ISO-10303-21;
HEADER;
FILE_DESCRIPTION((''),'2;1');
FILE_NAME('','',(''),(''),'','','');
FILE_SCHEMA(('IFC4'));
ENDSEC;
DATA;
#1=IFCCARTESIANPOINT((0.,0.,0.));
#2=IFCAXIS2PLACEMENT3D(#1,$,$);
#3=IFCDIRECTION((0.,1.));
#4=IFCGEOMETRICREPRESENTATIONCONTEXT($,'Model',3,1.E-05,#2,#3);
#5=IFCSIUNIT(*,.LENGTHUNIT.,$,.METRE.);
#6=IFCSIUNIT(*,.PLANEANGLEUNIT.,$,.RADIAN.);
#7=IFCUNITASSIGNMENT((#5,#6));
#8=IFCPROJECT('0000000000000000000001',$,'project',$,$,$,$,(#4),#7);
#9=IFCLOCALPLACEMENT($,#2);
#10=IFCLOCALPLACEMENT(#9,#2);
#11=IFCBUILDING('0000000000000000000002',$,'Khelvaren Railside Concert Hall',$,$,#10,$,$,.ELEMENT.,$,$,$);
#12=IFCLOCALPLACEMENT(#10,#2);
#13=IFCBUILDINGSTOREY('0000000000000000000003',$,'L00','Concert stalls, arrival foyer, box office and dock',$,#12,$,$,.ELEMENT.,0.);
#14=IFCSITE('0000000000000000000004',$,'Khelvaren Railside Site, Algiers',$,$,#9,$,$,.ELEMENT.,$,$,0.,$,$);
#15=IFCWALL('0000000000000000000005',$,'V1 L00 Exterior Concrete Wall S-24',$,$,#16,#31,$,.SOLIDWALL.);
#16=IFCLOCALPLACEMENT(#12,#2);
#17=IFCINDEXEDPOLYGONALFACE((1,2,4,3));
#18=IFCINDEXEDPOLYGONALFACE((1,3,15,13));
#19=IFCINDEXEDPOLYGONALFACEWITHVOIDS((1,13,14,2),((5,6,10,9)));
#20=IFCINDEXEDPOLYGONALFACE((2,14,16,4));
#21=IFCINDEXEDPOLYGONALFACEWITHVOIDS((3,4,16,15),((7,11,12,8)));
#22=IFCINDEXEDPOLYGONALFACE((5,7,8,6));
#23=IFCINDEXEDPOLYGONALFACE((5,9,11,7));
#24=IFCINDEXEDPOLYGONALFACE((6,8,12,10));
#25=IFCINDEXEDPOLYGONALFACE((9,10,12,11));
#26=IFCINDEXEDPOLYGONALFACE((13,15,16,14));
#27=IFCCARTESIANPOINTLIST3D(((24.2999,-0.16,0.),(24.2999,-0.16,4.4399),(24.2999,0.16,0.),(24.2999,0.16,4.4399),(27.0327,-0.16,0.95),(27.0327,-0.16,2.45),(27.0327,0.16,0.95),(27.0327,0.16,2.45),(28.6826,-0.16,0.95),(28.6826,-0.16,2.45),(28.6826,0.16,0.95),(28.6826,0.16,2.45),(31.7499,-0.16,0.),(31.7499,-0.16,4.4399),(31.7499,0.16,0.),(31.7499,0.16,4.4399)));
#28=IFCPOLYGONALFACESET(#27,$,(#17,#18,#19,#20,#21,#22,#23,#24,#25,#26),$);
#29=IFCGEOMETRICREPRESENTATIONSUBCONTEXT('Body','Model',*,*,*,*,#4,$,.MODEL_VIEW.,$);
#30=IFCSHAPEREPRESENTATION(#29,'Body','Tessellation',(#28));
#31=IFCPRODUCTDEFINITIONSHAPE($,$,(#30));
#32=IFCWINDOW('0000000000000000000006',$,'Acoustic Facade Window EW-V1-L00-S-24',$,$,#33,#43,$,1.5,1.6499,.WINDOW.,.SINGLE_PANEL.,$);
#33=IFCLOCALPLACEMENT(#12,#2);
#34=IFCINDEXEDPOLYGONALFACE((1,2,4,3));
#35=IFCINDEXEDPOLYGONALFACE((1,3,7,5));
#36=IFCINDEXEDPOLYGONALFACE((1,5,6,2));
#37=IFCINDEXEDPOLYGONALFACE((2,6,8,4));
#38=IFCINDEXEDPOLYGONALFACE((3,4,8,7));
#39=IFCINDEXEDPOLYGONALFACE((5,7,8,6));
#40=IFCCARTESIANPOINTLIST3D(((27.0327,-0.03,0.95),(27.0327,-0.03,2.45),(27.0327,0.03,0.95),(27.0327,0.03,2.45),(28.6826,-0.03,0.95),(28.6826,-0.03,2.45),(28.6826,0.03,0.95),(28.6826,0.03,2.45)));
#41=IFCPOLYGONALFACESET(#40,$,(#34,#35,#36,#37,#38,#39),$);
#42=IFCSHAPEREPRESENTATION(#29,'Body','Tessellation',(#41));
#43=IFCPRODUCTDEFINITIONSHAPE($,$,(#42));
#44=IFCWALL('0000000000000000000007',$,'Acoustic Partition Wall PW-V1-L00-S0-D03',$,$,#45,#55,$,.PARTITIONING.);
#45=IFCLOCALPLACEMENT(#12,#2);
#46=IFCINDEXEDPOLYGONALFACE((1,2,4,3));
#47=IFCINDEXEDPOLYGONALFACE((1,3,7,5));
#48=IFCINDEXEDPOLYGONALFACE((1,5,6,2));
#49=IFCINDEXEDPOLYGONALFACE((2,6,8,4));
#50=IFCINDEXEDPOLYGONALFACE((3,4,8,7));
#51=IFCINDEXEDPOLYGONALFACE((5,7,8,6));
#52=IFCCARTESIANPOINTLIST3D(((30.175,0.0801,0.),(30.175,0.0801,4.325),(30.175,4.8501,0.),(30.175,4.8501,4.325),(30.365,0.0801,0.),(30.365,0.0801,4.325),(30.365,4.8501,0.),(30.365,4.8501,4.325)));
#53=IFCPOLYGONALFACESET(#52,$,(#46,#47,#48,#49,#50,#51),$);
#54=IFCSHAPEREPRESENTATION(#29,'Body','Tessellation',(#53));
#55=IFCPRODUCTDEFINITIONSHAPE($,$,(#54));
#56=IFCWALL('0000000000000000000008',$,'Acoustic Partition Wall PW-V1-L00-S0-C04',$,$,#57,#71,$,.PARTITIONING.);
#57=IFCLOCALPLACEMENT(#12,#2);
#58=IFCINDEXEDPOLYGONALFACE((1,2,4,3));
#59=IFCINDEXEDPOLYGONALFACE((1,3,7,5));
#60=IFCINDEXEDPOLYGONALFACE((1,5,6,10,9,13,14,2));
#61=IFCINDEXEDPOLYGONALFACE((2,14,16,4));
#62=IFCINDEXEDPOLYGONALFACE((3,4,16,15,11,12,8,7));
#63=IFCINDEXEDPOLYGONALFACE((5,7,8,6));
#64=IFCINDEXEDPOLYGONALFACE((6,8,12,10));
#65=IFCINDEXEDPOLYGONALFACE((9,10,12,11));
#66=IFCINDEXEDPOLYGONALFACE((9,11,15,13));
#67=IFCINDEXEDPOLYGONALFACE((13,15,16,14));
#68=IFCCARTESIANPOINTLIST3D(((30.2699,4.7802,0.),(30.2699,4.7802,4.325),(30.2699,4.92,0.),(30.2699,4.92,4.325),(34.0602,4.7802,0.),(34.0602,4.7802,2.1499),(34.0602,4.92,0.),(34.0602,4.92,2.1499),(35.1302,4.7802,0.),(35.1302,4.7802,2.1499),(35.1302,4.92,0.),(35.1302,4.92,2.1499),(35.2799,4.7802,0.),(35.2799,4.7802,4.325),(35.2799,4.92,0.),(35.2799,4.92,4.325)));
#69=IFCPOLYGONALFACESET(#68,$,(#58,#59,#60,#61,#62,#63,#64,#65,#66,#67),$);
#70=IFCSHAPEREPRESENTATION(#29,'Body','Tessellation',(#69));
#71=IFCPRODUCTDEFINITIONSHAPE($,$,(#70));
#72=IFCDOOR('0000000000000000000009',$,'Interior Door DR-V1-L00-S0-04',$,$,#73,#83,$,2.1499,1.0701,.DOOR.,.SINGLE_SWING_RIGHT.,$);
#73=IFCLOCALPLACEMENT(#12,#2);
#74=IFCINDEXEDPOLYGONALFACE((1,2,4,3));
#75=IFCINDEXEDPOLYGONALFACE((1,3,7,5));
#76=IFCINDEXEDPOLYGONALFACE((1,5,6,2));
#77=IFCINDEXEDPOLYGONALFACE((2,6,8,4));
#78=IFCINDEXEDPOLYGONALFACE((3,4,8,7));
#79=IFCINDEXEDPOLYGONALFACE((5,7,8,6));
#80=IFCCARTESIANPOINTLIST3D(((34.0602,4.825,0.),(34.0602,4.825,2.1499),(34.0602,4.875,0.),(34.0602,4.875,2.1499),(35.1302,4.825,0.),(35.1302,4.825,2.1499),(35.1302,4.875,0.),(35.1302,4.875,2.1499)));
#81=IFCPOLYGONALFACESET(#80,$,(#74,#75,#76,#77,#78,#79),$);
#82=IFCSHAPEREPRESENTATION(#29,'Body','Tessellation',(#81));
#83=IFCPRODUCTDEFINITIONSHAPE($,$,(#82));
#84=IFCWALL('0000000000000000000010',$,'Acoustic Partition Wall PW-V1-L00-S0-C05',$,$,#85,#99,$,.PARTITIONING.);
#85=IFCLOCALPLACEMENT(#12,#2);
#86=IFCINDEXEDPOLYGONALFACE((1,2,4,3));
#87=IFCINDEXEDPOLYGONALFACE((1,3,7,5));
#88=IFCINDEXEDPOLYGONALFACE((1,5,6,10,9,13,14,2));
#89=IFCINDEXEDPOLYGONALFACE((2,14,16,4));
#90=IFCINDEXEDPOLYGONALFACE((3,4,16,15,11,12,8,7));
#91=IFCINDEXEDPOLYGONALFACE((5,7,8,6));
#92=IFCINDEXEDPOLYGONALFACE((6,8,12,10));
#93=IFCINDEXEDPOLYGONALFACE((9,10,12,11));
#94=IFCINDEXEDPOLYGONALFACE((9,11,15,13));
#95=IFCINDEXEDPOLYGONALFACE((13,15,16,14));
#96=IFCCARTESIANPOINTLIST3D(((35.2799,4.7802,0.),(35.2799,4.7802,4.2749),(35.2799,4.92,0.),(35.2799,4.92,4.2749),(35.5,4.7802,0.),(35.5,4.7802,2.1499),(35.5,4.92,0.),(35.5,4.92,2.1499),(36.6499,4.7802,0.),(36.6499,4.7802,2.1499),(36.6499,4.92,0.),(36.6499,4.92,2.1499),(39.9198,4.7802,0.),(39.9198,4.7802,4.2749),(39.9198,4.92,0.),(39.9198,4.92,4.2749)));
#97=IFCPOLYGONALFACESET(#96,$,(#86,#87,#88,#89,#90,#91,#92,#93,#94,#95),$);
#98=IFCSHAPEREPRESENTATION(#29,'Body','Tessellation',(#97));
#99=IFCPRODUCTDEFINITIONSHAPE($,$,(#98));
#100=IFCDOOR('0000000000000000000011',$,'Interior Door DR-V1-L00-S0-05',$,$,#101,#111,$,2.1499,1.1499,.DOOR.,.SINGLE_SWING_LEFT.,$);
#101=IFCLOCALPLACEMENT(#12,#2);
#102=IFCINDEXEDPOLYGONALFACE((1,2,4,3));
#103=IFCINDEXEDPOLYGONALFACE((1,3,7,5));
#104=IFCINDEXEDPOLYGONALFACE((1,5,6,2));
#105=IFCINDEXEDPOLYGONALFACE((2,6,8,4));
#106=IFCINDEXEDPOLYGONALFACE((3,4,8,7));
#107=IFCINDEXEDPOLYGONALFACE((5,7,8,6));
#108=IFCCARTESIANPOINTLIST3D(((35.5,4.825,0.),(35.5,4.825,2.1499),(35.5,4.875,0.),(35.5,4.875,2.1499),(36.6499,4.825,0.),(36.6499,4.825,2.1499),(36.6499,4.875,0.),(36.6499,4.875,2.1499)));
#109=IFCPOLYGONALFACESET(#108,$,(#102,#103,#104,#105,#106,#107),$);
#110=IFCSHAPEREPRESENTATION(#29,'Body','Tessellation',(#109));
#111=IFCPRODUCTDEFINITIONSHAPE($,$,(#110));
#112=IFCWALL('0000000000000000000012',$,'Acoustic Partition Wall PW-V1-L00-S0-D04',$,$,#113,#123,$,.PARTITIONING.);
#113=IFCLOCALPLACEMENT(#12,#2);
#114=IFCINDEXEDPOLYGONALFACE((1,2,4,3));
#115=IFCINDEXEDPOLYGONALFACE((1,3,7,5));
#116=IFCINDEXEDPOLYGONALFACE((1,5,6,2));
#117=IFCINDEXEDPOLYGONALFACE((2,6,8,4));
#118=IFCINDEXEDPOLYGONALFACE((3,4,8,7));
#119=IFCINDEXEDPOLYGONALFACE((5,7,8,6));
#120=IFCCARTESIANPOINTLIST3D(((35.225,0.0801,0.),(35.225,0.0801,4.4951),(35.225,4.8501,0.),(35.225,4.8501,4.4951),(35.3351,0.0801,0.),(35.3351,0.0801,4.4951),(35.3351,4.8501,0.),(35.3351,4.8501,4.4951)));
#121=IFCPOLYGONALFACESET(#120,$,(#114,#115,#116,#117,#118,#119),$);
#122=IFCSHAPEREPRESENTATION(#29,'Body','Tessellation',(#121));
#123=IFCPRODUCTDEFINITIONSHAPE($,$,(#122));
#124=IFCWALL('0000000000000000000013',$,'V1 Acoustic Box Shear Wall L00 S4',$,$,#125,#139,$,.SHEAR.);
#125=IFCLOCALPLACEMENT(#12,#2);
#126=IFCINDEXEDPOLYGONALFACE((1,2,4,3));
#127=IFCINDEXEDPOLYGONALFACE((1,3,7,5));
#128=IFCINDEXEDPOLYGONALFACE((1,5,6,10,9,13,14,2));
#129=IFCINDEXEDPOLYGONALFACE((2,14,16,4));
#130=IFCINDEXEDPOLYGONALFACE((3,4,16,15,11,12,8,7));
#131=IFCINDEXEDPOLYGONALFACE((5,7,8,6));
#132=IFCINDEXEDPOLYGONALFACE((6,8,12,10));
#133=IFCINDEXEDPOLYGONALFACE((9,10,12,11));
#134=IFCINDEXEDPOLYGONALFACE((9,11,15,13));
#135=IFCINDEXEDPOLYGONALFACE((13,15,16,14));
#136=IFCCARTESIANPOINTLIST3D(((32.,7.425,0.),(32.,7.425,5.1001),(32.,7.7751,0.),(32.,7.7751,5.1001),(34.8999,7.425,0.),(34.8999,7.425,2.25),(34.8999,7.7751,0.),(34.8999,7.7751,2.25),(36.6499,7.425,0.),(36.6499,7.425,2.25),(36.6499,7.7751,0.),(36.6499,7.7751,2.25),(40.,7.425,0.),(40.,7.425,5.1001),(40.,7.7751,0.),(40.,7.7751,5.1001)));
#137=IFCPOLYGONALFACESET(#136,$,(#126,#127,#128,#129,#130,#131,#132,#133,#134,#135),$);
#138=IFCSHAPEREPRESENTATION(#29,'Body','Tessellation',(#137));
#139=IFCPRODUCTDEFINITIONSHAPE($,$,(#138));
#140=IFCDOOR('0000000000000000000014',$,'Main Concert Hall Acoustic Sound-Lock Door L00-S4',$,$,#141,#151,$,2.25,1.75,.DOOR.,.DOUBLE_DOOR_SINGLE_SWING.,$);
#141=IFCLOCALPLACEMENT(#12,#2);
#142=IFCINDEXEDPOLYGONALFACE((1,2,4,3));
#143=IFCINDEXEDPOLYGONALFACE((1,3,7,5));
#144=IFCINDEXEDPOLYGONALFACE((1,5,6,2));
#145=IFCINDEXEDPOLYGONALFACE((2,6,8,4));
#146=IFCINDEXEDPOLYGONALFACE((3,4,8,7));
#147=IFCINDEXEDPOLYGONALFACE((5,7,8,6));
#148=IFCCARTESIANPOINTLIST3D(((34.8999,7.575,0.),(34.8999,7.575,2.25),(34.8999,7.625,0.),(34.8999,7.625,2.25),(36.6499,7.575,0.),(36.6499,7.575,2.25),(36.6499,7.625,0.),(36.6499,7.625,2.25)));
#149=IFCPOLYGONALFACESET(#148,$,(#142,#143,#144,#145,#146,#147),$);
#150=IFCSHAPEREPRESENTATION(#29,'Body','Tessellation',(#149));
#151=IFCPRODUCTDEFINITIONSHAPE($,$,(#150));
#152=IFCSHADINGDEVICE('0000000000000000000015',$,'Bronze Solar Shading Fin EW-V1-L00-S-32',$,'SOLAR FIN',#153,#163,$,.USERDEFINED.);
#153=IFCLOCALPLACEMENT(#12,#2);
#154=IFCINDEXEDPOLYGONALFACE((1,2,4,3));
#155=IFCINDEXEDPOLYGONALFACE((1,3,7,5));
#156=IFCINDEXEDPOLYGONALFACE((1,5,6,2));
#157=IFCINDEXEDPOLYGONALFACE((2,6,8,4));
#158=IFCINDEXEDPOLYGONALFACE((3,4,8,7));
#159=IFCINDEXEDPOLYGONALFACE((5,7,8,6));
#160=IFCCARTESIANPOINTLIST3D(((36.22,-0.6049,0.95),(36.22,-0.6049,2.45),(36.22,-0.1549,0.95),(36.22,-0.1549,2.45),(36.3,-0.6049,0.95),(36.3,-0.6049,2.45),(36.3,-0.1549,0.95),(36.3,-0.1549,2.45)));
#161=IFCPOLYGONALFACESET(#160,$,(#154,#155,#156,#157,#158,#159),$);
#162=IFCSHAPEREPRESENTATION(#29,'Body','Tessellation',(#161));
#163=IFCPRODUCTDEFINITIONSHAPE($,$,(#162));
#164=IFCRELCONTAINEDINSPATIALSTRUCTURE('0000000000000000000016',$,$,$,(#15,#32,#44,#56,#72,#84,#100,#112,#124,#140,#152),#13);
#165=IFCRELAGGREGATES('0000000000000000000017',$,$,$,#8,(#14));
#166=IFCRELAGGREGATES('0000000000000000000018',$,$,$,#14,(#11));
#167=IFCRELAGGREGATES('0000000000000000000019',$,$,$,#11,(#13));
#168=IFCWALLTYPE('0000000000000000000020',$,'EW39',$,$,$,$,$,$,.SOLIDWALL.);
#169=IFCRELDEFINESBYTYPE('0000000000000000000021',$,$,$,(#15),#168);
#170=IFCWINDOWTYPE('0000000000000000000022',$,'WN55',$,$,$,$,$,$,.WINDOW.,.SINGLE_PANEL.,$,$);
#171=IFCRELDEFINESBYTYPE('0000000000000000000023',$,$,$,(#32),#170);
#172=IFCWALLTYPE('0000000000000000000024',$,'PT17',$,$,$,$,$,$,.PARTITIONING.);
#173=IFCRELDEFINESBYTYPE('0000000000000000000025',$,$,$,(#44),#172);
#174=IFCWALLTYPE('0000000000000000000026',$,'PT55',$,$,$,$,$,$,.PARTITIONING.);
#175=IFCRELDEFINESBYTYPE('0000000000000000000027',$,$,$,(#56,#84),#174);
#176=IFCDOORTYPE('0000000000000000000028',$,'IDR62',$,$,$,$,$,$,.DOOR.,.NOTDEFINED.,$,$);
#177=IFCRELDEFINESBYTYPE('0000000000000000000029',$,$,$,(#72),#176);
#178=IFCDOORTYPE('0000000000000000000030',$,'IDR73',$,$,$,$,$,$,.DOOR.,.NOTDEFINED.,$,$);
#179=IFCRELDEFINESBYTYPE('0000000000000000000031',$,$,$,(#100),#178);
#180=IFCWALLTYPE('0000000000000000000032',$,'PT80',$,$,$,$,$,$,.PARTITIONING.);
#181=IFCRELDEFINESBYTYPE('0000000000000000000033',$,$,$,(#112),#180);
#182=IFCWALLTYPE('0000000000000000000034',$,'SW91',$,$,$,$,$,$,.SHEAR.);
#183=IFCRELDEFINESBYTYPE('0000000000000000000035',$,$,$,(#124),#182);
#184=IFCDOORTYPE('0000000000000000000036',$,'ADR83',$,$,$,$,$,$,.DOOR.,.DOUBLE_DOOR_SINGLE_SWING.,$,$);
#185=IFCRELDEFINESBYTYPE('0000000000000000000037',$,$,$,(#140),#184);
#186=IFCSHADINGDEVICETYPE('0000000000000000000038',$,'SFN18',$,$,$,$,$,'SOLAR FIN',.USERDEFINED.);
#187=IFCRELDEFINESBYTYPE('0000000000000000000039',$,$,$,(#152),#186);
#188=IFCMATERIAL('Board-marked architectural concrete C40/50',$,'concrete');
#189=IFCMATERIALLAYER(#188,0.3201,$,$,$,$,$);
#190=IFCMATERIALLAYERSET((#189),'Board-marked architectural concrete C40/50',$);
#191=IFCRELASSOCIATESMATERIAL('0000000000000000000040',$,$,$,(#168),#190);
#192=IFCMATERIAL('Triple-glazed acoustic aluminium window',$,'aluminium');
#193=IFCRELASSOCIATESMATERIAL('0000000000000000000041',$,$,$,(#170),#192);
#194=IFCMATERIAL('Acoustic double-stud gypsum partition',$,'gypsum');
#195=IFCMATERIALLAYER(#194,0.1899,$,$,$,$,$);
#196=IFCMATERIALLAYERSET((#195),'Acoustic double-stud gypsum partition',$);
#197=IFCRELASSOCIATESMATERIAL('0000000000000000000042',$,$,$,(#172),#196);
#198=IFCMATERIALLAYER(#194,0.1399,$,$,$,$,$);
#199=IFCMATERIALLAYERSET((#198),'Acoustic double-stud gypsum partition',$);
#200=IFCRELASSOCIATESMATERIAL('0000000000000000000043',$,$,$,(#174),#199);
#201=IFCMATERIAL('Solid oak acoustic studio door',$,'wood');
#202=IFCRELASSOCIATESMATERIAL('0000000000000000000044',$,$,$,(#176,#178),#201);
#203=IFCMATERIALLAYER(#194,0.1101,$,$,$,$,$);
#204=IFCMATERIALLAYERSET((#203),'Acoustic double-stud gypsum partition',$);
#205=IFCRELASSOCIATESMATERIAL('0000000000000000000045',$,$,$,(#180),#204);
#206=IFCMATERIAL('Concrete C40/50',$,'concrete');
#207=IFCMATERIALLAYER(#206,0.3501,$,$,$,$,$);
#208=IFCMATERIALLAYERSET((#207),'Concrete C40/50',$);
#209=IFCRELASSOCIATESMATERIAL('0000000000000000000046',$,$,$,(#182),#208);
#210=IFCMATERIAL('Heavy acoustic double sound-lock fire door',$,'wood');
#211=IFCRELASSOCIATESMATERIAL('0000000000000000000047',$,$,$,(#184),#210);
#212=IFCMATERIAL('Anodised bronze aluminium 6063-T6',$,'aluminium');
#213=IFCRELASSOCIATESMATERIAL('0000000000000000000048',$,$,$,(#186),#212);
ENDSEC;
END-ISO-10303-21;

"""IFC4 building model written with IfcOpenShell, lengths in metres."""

from ifc_helpers import new_model, si_unit, direction, frame, frame_2d, origin, origin_2d, place, context, subcontext, project, spatial, rectangle, extrude, material, layer, layer_set, type_object, element, fill, save


model = new_model("IFC4")

# Units and contexts
model_context = context("Model", 3, precision=1e-05, world=origin(), true_north=direction((0.0, 1.0)))
body_context = subcontext(model_context, "Body", "Model", "MODEL_VIEW")
ifc_project = project(units=[si_unit("LENGTHUNIT", "METRE"), si_unit("PLANEANGLEUNIT", "RADIAN")], contexts=[model_context])

# Site, building, storey
site_placement = place(None, origin())
site = spatial("IfcSite", under=ifc_project, at=site_placement, Name="Khelvaren Railside Site, Algiers", CompositionType="ELEMENT", RefElevation=0.0)
building_placement = place(site_placement, origin())
building = spatial("IfcBuilding", under=site, at=building_placement, Name="Khelvaren Railside Concert Hall", CompositionType="ELEMENT")
storey_placement = place(building_placement, origin())
storey = spatial("IfcBuildingStorey", under=building, at=storey_placement, Name="L00", Description="Concert stalls, arrival foyer, box office and dock", CompositionType="ELEMENT", Elevation=0.0)

# Shared definitions
ifc_material_1 = material(Name="Concrete C40/50", Category="concrete")

# Wall, opening, window
ifc_material_2 = material(Name="Board-marked architectural concrete C40/50", Category="concrete")
ifc_layer_1 = layer(ifc_material_2, 0.3201)
ifc_layer_set_1 = layer_set([ifc_layer_1], Name="Board-marked architectural concrete C40/50")
wall_type_1 = type_object("IfcWallType", Name="EW39", PredefinedType="SOLIDWALL", material=ifc_layer_set_1)
wall_1_placement = place(storey_placement, frame((31.75, 0.0, 0.0), z_axis=(0.0, 0.0, 1.0), x_axis=(-1.0, 0.0, 0.0)))
wall_1 = element("IfcWall", 1, at=wall_1_placement, inside=storey, type_object=wall_type_1, Name="V1 L00 Exterior Concrete Wall S-24", PredefinedType="SOLIDWALL", context=body_context, shape_type="SweptSolid", body=[
    extrude(rectangle(XDim=7.45, YDim=0.3201, at=frame_2d((3.7251, 0.0))), origin(), (0.0, 0.0, 1.0), 4.4399),
])
opening_1_placement = place(wall_1_placement, frame((3.0674, 0.0, 0.95)))
opening_1 = element("IfcOpeningElement", 2, at=opening_1_placement, cuts=wall_1, PredefinedType="OPENING", context=body_context, shape_type="SweptSolid", body=[
    extrude(rectangle(XDim=1.6499, YDim=1.5, at=frame_2d((0.825, 0.75))), frame((0.0, 0.1699, 0.0), z_axis=(0.0, -1.0, 0.0), x_axis=(1.0, 0.0, 0.0)), (0.0, 0.0, 1.0), 0.3401),
])
ifc_material_3 = material(Name="Triple-glazed acoustic aluminium window", Category="aluminium")
window_type = type_object("IfcWindowType", Name="WN55", PartitioningType="SINGLE_PANEL", PredefinedType="WINDOW", material=ifc_material_3)
window_placement = place(opening_1_placement, origin())
window = element("IfcWindow", 3, at=window_placement, inside=storey, type_object=window_type, Name="Acoustic Facade Window EW-V1-L00-S-24", OverallHeight=1.5, OverallWidth=1.6499, PartitioningType="SINGLE_PANEL", PredefinedType="WINDOW", context=body_context, shape_type="SweptSolid", body=[
    extrude(rectangle(XDim=1.6499, YDim=1.5, at=frame_2d((0.825, 0.75))), frame((0.0, 0.03, 0.0), z_axis=(0.0, -1.0, 0.0), x_axis=(1.0, 0.0, 0.0)), (0.0, 0.0, 1.0), 0.0601),
])
fill(opening_1, window)

# Wall
ifc_material_4 = material(Name="Acoustic double-stud gypsum partition", Category="gypsum")
ifc_layer_2 = layer(ifc_material_4, 0.1899)
ifc_layer_set_2 = layer_set([ifc_layer_2], Name="Acoustic double-stud gypsum partition")
wall_type_2 = type_object("IfcWallType", Name="PT17", PredefinedType="PARTITIONING", material=ifc_layer_set_2)
wall_2_placement = place(storey_placement, frame((30.27, 0.0801, 0.0), z_axis=(0.0, 0.0, 1.0), x_axis=(0.0, 1.0, 0.0)))
element("IfcWall", 4, at=wall_2_placement, inside=storey, type_object=wall_type_2, Name="Acoustic Partition Wall PW-V1-L00-S0-D03", PredefinedType="PARTITIONING", context=body_context, shape_type="SweptSolid", body=[
    extrude(rectangle(XDim=4.77, YDim=0.1899, at=frame_2d((2.385, 0.0))), origin(), (0.0, 0.0, 1.0), 4.325),
])

# Walls, openings, doors
ifc_layer_3 = layer(ifc_material_4, 0.1399)
ifc_layer_set_3 = layer_set([ifc_layer_3], Name="Acoustic double-stud gypsum partition")
wall_type_3 = type_object("IfcWallType", Name="PT55", PredefinedType="PARTITIONING", material=ifc_layer_set_3)
wall_3_placement = place(storey_placement, frame((30.27, 4.8501, 0.0), z_axis=(0.0, 0.0, 1.0), x_axis=(1.0, 0.0, 0.0)))
wall_3 = element("IfcWall", 5, at=wall_3_placement, inside=storey, type_object=wall_type_3, Name="Acoustic Partition Wall PW-V1-L00-S0-C04", PredefinedType="PARTITIONING", context=body_context, shape_type="SweptSolid", body=[
    extrude(rectangle(XDim=5.01, YDim=0.1399, at=frame_2d((2.5049, 0.0))), origin(), (0.0, 0.0, 1.0), 4.325),
])
opening_2_placement = place(wall_3_placement, frame((3.79, 0.0, 0.0)))
opening_2 = element("IfcOpeningElement", 6, at=opening_2_placement, cuts=wall_3, PredefinedType="OPENING", context=body_context, shape_type="SweptSolid", body=[
    extrude(rectangle(XDim=1.0701, YDim=2.1499, at=frame_2d((0.5352, 1.075))), frame((0.0, 0.0798, 0.0), z_axis=(0.0, -1.0, 0.0), x_axis=(1.0, 0.0, 0.0)), (0.0, 0.0, 1.0), 0.1599),
])
ifc_material_5 = material(Name="Solid oak acoustic studio door", Category="wood")
door_type_1 = type_object("IfcDoorType", Name="IDR62", OperationType="NOTDEFINED", PredefinedType="DOOR", material=ifc_material_5)
door_1_placement = place(opening_2_placement, origin())
door_1 = element("IfcDoor", 7, at=door_1_placement, inside=storey, type_object=door_type_1, Name="Interior Door DR-V1-L00-S0-04", OperationType="SINGLE_SWING_RIGHT", OverallHeight=2.1499, OverallWidth=1.0701, PredefinedType="DOOR", context=body_context, shape_type="SweptSolid", body=[
    extrude(rectangle(XDim=1.0701, YDim=2.1499, at=frame_2d((0.5352, 1.075))), frame((0.0, 0.0249, 0.0), z_axis=(0.0, -1.0, 0.0), x_axis=(1.0, 0.0, 0.0)), (0.0, 0.0, 1.0), 0.05),
])
fill(opening_2, door_1)
wall_4_placement = place(storey_placement, frame((35.28, 4.8501, 0.0), z_axis=(0.0, 0.0, 1.0), x_axis=(1.0, 0.0, 0.0)))
wall_4 = element("IfcWall", 8, at=wall_4_placement, inside=storey, type_object=wall_type_3, Name="Acoustic Partition Wall PW-V1-L00-S0-C05", PredefinedType="PARTITIONING", context=body_context, shape_type="SweptSolid", body=[
    extrude(rectangle(XDim=4.6399, YDim=0.1399, at=frame_2d((2.3198, 0.0))), origin(), (0.0, 0.0, 1.0), 4.2749),
])
opening_3_placement = place(wall_4_placement, frame((0.22, 0.0, 0.0)))
opening_3 = element("IfcOpeningElement", 9, at=opening_3_placement, cuts=wall_4, PredefinedType="OPENING", context=body_context, shape_type="SweptSolid", body=[
    extrude(rectangle(XDim=1.1499, YDim=2.1499, at=frame_2d((0.575, 1.075))), frame((0.0, 0.0798, 0.0), z_axis=(0.0, -1.0, 0.0), x_axis=(1.0, 0.0, 0.0)), (0.0, 0.0, 1.0), 0.1599),
])
door_type_2 = type_object("IfcDoorType", Name="IDR73", OperationType="NOTDEFINED", PredefinedType="DOOR", material=ifc_material_5)
door_2_placement = place(opening_3_placement, origin())
door_2 = element("IfcDoor", 10, at=door_2_placement, inside=storey, type_object=door_type_2, Name="Interior Door DR-V1-L00-S0-05", OperationType="SINGLE_SWING_LEFT", OverallHeight=2.1499, OverallWidth=1.1499, PredefinedType="DOOR", context=body_context, shape_type="SweptSolid", body=[
    extrude(rectangle(XDim=1.1499, YDim=2.1499, at=frame_2d((0.575, 1.075))), frame((0.0, 0.0249, 0.0), z_axis=(0.0, -1.0, 0.0), x_axis=(1.0, 0.0, 0.0)), (0.0, 0.0, 1.0), 0.05),
])
fill(opening_3, door_2)

# Wall
ifc_layer_4 = layer(ifc_material_4, 0.1101)
ifc_layer_set_4 = layer_set([ifc_layer_4], Name="Acoustic double-stud gypsum partition")
wall_type_4 = type_object("IfcWallType", Name="PT80", PredefinedType="PARTITIONING", material=ifc_layer_set_4)
wall_5_placement = place(storey_placement, frame((35.28, 0.0801, 0.0), z_axis=(0.0, 0.0, 1.0), x_axis=(0.0, 1.0, 0.0)))
element("IfcWall", 11, at=wall_5_placement, inside=storey, type_object=wall_type_4, Name="Acoustic Partition Wall PW-V1-L00-S0-D04", PredefinedType="PARTITIONING", context=body_context, shape_type="SweptSolid", body=[
    extrude(rectangle(XDim=4.77, YDim=0.1101, at=frame_2d((2.385, 0.0))), origin(), (0.0, 0.0, 1.0), 4.4951),
])

# Wall, opening, door
ifc_layer_5 = layer(ifc_material_1, 0.3501)
ifc_layer_set_5 = layer_set([ifc_layer_5], Name="Concrete C40/50")
wall_type_5 = type_object("IfcWallType", Name="SW91", PredefinedType="SHEAR", material=ifc_layer_set_5)
wall_6_placement = place(storey_placement, frame((32.0, 7.6001, 0.0), z_axis=(0.0, 0.0, 1.0), x_axis=(1.0, 0.0, 0.0)))
wall_6 = element("IfcWall", 12, at=wall_6_placement, inside=storey, type_object=wall_type_5, Name="V1 Acoustic Box Shear Wall L00 S4", PredefinedType="SHEAR", context=body_context, shape_type="SweptSolid", body=[
    extrude(rectangle(XDim=8.0, YDim=0.3501, at=frame_2d((4.0, 0.0))), origin(), (0.0, 0.0, 1.0), 5.1001),
])
opening_4_placement = place(wall_6_placement, frame((2.8999, 0.0, 0.0)))
opening_4 = element("IfcOpeningElement", 13, at=opening_4_placement, cuts=wall_6, PredefinedType="OPENING", context=body_context, shape_type="SweptSolid", body=[
    extrude(rectangle(XDim=1.75, YDim=2.25, at=frame_2d((0.875, 1.125))), frame((0.0, 0.1851, 0.0), z_axis=(0.0, -1.0, 0.0), x_axis=(1.0, 0.0, 0.0)), (0.0, 0.0, 1.0), 0.3701),
])
ifc_material_6 = material(Name="Heavy acoustic double sound-lock fire door", Category="wood")
door_type_3 = type_object("IfcDoorType", Name="ADR83", OperationType="DOUBLE_DOOR_SINGLE_SWING", PredefinedType="DOOR", material=ifc_material_6)
door_3_placement = place(opening_4_placement, origin())
door_3 = element("IfcDoor", 14, at=door_3_placement, inside=storey, type_object=door_type_3, Name="Main Concert Hall Acoustic Sound-Lock Door L00-S4", OperationType="DOUBLE_DOOR_SINGLE_SWING", OverallHeight=2.25, OverallWidth=1.75, PredefinedType="DOOR", context=body_context, shape_type="SweptSolid", body=[
    extrude(rectangle(XDim=1.75, YDim=2.25, at=frame_2d((0.875, 1.125))), frame((0.0, 0.0249, 0.0), z_axis=(0.0, -1.0, 0.0), x_axis=(1.0, 0.0, 0.0)), (0.0, 0.0, 1.0), 0.05),
])
fill(opening_4, door_3)

# Shading device
ifc_material_7 = material(Name="Anodised bronze aluminium 6063-T6", Category="aluminium")
shading_device_type = type_object("IfcShadingDeviceType", Name="SFN18", ElementType="SOLAR FIN", PredefinedType="USERDEFINED", material=ifc_material_7)
shading_device_placement = place(storey_placement, frame((36.26, -0.3799, 0.95), z_axis=(0.0, 0.0, 1.0), x_axis=(-1.0, 0.0, 0.0)))
element("IfcShadingDevice", 15, at=shading_device_placement, inside=storey, type_object=shading_device_type, Name="Bronze Solar Shading Fin EW-V1-L00-S-32", ObjectType="SOLAR FIN", PredefinedType="USERDEFINED", context=body_context, shape_type="SweptSolid", body=[
    extrude(rectangle(XDim=0.0801, YDim=0.45, at=origin_2d()), origin(), (0.0, 0.0, 1.0), 1.5),
])

save(model, "model.ifc")
